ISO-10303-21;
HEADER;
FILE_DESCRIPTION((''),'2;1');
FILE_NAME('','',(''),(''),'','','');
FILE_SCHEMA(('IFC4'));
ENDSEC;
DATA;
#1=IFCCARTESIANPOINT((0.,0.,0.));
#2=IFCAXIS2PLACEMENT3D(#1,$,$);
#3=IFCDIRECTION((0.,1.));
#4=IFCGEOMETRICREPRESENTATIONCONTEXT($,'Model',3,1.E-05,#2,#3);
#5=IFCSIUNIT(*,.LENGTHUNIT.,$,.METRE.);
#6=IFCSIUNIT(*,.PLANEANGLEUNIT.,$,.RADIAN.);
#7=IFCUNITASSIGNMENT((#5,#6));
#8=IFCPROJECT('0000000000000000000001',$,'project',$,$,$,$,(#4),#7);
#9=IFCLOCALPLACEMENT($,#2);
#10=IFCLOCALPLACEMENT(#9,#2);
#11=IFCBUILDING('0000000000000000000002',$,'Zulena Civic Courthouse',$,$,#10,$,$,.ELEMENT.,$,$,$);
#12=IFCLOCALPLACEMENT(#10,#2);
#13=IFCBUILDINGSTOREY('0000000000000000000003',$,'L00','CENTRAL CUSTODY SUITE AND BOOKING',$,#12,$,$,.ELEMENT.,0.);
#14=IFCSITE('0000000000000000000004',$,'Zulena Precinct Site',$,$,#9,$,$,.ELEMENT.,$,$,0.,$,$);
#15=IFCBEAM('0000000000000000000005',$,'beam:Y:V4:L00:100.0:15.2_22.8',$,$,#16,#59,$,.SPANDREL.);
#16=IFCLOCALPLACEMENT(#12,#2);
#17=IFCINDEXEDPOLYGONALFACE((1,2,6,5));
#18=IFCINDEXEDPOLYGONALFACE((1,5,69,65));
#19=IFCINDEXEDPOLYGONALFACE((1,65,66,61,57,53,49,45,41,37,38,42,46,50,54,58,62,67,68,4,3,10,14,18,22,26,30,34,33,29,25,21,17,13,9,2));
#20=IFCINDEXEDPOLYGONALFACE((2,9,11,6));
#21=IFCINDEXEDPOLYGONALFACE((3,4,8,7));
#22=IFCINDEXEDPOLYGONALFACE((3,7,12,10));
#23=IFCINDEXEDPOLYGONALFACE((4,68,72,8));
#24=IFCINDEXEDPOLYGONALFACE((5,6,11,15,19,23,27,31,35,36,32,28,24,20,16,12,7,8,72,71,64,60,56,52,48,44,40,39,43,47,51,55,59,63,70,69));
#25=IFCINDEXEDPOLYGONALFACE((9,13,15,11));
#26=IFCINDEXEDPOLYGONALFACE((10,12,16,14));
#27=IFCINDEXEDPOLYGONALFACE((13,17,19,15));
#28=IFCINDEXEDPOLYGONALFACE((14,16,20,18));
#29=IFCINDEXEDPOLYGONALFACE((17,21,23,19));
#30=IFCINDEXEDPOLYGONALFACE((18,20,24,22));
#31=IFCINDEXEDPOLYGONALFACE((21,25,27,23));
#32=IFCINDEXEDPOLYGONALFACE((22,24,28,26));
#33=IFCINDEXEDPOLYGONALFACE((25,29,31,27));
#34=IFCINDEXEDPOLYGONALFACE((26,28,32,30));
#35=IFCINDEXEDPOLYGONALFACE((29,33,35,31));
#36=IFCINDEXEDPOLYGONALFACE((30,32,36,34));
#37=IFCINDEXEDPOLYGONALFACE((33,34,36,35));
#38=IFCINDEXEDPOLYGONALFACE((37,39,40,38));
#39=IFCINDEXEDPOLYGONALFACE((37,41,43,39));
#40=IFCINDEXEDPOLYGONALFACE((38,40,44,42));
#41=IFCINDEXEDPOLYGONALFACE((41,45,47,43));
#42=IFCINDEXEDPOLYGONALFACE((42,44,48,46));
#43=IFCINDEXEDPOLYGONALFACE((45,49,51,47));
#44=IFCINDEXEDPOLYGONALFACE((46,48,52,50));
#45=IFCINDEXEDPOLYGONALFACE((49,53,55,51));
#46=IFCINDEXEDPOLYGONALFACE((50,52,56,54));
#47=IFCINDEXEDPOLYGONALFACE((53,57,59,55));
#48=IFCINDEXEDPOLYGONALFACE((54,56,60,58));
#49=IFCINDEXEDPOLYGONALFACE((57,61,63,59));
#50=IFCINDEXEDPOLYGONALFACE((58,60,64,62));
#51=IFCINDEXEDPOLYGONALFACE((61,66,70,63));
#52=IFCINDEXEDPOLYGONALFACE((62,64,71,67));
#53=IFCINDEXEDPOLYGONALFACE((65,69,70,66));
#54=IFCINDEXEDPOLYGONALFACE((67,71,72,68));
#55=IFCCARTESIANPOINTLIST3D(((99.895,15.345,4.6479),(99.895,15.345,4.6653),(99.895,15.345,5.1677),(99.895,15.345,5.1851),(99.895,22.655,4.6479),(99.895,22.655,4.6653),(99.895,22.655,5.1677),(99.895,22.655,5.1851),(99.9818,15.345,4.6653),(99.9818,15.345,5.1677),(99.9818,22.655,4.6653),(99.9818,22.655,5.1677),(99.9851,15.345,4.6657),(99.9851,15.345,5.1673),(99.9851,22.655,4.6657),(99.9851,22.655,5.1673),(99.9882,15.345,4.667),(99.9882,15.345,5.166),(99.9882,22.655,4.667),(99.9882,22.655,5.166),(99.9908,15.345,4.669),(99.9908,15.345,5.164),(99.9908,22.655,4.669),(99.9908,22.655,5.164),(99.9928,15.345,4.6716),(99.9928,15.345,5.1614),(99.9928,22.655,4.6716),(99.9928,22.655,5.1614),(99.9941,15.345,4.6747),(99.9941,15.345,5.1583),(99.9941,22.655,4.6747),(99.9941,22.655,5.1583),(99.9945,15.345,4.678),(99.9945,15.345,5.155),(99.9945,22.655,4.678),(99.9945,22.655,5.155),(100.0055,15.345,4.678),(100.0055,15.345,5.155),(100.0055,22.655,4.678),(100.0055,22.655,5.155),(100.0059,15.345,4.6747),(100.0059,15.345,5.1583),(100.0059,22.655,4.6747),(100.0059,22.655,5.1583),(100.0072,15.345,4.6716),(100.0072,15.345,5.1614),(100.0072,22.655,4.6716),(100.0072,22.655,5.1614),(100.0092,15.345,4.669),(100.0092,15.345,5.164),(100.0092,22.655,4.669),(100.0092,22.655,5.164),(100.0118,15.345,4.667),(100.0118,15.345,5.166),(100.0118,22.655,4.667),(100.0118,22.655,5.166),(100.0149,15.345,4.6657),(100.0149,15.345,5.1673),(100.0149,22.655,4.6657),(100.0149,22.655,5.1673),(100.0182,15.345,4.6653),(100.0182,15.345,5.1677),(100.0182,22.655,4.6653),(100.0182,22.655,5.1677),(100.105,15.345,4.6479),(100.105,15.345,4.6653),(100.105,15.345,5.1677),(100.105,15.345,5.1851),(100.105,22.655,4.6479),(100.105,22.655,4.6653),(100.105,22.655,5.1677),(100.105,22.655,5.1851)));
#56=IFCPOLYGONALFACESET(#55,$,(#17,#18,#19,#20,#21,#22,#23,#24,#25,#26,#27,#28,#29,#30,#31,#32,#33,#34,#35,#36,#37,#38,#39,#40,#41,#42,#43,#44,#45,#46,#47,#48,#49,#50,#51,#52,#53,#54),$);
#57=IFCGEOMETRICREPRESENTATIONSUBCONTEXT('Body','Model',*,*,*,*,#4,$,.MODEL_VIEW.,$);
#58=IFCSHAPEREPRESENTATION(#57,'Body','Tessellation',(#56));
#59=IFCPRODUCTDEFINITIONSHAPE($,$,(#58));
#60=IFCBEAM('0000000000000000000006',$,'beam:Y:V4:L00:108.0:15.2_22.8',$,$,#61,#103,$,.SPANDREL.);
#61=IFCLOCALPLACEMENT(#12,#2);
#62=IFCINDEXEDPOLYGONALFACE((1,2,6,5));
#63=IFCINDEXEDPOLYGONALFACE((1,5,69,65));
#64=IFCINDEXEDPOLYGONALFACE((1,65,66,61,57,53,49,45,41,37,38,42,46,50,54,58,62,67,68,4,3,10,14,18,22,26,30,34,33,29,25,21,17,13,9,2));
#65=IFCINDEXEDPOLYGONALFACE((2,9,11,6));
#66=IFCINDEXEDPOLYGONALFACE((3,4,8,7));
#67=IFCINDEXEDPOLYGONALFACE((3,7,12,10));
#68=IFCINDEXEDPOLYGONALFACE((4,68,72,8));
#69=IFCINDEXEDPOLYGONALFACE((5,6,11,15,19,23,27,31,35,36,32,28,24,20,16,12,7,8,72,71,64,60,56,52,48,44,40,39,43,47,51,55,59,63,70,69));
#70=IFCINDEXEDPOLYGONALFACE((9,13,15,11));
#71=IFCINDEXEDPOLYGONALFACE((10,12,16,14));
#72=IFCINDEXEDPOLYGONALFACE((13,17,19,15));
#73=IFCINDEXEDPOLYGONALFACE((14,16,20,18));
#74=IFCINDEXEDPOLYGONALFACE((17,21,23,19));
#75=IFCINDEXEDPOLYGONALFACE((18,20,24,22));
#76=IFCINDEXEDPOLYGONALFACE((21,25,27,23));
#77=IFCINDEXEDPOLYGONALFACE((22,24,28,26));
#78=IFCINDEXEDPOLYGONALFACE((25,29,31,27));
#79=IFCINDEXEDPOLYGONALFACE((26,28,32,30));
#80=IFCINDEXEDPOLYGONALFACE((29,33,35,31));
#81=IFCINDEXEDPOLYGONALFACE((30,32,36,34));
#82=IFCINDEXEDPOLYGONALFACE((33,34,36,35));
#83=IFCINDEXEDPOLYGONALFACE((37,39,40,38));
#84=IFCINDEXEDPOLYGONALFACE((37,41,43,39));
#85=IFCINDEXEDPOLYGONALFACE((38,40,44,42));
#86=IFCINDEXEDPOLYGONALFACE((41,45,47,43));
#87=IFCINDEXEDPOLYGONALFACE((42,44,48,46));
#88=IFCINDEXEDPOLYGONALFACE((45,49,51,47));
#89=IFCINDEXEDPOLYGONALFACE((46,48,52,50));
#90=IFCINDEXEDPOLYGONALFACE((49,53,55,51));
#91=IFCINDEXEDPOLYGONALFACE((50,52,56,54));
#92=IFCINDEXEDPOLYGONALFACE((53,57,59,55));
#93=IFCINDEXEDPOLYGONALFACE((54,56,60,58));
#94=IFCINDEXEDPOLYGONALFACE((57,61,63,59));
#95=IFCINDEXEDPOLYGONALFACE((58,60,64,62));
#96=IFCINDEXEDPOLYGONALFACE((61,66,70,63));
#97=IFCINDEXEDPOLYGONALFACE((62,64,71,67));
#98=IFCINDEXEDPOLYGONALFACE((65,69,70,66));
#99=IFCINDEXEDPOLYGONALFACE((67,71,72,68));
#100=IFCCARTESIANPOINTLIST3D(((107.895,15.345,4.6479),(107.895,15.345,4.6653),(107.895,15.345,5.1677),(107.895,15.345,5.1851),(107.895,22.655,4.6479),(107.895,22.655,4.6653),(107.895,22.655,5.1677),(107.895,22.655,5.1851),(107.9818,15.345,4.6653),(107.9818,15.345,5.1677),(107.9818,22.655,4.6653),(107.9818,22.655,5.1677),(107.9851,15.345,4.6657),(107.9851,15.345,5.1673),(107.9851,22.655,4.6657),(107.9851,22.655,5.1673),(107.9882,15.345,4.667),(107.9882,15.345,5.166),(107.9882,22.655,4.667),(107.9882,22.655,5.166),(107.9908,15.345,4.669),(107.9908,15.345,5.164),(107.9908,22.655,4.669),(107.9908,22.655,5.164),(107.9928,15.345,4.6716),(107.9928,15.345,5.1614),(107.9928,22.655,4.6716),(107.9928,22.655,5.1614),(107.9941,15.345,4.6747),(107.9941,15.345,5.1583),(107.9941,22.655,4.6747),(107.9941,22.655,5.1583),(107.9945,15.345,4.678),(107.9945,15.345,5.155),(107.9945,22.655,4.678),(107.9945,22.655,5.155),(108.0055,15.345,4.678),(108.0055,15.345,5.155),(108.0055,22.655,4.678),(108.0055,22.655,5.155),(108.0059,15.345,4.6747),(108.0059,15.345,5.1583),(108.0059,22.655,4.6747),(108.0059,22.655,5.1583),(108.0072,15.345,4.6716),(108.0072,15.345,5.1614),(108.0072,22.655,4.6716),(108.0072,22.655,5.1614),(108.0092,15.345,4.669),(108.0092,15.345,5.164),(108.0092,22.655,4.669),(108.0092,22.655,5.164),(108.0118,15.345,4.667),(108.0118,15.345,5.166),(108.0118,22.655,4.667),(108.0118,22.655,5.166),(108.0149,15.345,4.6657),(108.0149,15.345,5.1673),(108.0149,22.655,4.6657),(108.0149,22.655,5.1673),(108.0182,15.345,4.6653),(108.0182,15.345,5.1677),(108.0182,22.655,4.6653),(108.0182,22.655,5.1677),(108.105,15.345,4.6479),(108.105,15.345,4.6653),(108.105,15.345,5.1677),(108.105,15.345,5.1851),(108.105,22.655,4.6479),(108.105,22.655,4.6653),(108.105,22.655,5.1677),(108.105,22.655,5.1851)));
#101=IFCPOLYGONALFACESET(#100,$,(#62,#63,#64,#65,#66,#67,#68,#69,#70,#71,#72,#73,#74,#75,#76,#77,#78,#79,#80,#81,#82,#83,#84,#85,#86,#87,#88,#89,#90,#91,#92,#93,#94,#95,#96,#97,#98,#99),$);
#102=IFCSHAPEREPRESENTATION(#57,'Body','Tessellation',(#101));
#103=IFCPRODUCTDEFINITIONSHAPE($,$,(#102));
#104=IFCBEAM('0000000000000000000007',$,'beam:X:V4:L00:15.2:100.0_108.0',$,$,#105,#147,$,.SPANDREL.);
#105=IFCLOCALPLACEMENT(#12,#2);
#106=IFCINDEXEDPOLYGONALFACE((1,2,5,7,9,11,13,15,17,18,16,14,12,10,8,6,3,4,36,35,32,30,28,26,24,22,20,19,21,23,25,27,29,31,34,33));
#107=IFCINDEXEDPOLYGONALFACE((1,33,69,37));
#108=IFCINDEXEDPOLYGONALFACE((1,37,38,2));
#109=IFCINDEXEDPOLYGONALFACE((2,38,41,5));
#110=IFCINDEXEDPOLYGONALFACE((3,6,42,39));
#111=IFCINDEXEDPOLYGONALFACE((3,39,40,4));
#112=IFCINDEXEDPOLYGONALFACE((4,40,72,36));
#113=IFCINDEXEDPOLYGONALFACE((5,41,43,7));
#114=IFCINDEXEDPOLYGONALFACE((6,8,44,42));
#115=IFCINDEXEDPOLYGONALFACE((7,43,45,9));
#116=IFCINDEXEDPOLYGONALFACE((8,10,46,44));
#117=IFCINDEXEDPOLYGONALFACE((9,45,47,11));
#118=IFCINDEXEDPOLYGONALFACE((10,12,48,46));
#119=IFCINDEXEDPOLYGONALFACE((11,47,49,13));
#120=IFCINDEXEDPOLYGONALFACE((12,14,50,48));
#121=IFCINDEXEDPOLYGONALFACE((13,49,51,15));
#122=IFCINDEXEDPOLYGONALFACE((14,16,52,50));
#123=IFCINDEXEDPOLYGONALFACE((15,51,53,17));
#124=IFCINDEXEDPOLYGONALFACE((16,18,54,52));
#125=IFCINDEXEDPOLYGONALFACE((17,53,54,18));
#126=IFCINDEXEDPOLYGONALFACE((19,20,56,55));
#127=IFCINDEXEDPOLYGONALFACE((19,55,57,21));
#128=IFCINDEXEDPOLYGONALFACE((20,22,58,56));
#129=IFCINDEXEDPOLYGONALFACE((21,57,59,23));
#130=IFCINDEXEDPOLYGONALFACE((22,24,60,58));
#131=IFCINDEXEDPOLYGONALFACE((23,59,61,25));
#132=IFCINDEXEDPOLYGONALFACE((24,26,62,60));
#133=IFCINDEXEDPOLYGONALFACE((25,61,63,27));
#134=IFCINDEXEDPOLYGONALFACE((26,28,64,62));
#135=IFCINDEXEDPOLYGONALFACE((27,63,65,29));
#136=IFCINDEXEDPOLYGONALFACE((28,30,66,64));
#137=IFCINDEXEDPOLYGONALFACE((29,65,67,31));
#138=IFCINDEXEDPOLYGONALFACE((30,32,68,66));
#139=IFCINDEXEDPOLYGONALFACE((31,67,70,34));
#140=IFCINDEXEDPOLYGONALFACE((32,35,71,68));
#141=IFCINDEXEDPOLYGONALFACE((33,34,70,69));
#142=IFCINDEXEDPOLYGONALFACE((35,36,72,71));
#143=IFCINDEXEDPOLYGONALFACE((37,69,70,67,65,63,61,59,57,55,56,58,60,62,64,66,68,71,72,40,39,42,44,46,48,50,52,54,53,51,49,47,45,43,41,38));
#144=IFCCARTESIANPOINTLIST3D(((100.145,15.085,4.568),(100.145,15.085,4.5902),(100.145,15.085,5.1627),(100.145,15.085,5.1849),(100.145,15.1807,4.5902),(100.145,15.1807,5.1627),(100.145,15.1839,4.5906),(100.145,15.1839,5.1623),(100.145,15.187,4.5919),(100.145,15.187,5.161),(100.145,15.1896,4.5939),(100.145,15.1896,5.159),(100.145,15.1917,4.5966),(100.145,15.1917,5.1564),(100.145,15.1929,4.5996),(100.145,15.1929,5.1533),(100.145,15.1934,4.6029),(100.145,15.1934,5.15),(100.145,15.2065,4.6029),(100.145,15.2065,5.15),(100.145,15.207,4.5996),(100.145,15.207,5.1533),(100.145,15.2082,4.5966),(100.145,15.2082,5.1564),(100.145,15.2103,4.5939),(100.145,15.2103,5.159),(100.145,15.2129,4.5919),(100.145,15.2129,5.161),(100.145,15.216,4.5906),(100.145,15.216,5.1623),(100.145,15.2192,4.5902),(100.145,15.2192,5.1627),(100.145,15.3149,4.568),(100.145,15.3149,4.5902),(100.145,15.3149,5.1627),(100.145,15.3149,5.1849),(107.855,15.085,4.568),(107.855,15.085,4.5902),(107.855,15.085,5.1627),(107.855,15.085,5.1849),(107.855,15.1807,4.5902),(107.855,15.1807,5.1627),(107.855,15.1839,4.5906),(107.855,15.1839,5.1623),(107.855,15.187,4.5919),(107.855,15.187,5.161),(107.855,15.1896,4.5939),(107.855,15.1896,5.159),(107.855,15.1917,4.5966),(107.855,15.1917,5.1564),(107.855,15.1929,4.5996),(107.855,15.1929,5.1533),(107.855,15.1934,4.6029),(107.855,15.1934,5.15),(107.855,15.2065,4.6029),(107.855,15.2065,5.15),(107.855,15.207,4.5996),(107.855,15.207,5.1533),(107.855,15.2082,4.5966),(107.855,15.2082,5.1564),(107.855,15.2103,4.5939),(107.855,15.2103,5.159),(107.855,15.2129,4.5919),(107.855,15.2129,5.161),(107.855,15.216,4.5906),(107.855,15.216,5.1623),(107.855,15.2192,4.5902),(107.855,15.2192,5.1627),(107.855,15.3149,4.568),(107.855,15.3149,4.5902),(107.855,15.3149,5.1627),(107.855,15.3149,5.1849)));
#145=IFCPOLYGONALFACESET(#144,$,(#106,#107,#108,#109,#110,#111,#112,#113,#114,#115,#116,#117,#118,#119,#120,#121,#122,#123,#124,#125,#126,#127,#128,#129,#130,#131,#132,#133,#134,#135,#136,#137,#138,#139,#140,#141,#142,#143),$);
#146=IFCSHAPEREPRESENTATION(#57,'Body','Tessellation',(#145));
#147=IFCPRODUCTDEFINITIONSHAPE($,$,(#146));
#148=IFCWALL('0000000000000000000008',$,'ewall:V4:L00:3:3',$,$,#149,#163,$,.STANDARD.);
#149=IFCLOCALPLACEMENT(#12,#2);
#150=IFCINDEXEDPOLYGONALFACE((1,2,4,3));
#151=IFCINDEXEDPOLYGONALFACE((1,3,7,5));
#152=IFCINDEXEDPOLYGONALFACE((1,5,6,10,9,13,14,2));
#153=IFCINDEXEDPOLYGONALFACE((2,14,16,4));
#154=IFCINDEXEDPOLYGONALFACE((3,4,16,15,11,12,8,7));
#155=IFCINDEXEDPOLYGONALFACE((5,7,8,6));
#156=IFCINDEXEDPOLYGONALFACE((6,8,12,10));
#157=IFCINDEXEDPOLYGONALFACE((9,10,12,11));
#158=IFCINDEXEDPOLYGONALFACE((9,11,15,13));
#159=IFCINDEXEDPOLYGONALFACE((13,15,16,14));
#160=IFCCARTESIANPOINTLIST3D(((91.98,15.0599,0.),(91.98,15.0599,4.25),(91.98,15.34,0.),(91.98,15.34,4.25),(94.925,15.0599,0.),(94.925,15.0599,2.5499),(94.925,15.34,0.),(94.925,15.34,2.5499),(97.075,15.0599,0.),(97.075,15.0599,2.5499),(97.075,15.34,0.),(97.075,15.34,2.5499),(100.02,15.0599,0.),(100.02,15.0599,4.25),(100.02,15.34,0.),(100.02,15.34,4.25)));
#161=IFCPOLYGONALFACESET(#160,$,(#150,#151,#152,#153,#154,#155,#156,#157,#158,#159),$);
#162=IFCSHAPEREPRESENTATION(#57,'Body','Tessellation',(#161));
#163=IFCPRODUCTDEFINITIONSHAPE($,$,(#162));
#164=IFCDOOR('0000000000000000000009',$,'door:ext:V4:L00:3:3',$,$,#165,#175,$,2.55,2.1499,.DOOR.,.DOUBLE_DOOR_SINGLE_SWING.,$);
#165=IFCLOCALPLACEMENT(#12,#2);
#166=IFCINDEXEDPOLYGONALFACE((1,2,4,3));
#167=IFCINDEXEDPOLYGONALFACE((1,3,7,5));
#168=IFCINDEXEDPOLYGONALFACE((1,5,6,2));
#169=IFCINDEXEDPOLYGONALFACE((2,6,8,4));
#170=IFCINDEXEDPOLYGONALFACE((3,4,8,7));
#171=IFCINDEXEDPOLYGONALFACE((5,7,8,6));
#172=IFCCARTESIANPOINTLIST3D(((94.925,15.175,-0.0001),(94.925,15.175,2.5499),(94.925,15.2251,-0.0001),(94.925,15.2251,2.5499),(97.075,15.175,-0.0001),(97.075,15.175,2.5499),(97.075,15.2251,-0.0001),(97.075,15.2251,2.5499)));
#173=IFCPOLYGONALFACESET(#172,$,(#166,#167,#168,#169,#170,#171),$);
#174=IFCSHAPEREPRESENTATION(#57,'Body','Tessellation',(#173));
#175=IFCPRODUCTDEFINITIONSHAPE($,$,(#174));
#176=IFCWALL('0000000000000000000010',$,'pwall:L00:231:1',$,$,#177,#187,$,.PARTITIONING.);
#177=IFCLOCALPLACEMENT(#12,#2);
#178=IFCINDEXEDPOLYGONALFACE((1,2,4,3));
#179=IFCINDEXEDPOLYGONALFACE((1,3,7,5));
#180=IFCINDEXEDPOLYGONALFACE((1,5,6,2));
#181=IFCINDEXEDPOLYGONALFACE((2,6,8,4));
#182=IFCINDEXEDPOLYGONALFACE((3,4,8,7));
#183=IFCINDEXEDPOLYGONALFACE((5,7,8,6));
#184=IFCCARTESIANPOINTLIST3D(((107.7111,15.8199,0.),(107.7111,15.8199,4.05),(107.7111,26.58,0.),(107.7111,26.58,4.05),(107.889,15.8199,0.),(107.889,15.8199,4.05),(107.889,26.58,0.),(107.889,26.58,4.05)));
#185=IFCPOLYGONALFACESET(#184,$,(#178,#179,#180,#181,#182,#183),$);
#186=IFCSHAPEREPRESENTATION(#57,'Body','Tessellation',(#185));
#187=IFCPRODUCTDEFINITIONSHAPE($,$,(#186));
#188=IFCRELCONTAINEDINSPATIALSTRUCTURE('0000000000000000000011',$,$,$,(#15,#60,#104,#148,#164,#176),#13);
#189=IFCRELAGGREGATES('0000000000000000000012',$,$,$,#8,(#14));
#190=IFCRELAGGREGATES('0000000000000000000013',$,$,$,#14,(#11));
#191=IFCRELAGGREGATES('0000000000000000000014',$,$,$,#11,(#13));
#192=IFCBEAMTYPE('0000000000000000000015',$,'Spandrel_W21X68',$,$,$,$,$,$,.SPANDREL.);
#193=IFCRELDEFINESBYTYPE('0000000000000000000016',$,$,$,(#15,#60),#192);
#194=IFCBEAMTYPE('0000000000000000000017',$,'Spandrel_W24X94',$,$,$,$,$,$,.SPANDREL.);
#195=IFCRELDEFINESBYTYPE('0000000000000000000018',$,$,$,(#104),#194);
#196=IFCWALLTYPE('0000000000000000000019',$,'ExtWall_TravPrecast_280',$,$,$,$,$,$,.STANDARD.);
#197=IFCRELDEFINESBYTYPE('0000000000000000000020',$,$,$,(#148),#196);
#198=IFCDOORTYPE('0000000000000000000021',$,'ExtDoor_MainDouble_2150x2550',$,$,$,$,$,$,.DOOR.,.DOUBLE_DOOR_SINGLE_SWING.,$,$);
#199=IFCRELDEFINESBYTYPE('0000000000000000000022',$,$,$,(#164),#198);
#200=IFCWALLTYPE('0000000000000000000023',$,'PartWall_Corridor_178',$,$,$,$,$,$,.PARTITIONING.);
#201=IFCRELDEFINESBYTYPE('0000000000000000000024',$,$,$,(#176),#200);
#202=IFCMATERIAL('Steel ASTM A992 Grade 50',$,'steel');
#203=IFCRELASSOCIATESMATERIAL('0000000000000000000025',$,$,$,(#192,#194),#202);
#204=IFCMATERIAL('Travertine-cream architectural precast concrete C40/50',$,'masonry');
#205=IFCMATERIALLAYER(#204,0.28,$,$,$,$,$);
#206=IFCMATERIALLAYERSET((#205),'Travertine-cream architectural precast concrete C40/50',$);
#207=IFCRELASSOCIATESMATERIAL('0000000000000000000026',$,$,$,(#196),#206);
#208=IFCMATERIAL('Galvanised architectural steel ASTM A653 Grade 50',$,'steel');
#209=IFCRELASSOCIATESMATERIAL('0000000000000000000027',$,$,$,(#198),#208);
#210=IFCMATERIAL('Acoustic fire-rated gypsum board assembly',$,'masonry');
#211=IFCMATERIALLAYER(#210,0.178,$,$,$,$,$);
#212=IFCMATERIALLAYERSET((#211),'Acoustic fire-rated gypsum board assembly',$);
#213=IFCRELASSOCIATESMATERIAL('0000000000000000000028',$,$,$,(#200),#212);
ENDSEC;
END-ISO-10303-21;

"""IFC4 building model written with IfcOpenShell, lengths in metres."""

from ifc_helpers import new_model, si_unit, direction, frame, frame_2d, origin, origin_2d, place, context, subcontext, project, spatial, rectangle, i_section, extrude, material, layer, layer_set, material_profile, profile_set, type_object, element, fill, save


model = new_model("IFC4")

# Units and contexts
model_context = context("Model", 3, precision=1e-05, world=origin(), true_north=direction((0.0, 1.0)))
body_context = subcontext(model_context, "Body", "Model", "MODEL_VIEW")
ifc_project = project(units=[si_unit("LENGTHUNIT", "METRE"), si_unit("PLANEANGLEUNIT", "RADIAN")], contexts=[model_context])

# Site, building, storey
site_placement = place(None, origin())
site = spatial("IfcSite", under=ifc_project, at=site_placement, Name="Zulena Precinct Site", CompositionType="ELEMENT", RefElevation=0.0)
building_placement = place(site_placement, origin())
building = spatial("IfcBuilding", under=site, at=building_placement, Name="Zulena Civic Courthouse", CompositionType="ELEMENT")
storey_placement = place(building_placement, origin())
storey = spatial("IfcBuildingStorey", under=building, at=storey_placement, Name="L00", Description="CENTRAL CUSTODY SUITE AND BOOKING", CompositionType="ELEMENT", Elevation=0.0)

# Shared definitions
ifc_material_1 = material(Name="Steel ASTM A992 Grade 50", Category="steel")

# Beams
ifc_material_profile_1 = material_profile(ifc_material_1, i_section(OverallWidth=0.21, OverallDepth=0.5371, WebThickness=0.011, FlangeThickness=0.0173, FilletRadius=0.0127, at=origin_2d()), Name="W21X68")
ifc_profile_set_1 = profile_set([ifc_material_profile_1], Name="Steel ASTM A992 Grade 50")
beam_type_1 = type_object("IfcBeamType", Name="Spandrel_W21X68", PredefinedType="SPANDREL", material=ifc_profile_set_1)
for number, where, z_axis, x_axis, name in (
    (1, (100.0, 15.345, 4.9165), (0.0, 1.0, 0.0), (-1.0, 0.0, 0.0), "beam:Y:V4:L00:100.0:15.2_22.8"),
    (2, (108.0, 15.345, 4.9165), (0.0, 1.0, 0.0), (-1.0, 0.0, 0.0), "beam:Y:V4:L00:108.0:15.2_22.8"),
):
    element("IfcBeam", number, at=place(storey_placement, frame(where, z_axis=z_axis, x_axis=x_axis)), inside=storey, type_object=beam_type_1, Name=name, PredefinedType="SPANDREL", context=body_context, shape_type="SweptSolid", body=[
        extrude(i_section(OverallWidth=0.21, OverallDepth=0.5371, WebThickness=0.011, FlangeThickness=0.0173, FilletRadius=0.0127, at=origin_2d()), origin(), (0.0, 0.0, 1.0), 7.3101),
    ])
ifc_material_profile_2 = material_profile(ifc_material_1, i_section(OverallWidth=0.23, OverallDepth=0.6169, WebThickness=0.0132, FlangeThickness=0.0222, FilletRadius=0.0127, at=origin_2d()), Name="W24X94")
ifc_profile_set_2 = profile_set([ifc_material_profile_2], Name="Steel ASTM A992 Grade 50")
beam_type_2 = type_object("IfcBeamType", Name="Spandrel_W24X94", PredefinedType="SPANDREL", material=ifc_profile_set_2)
beam_1_placement = place(storey_placement, frame((100.145, 15.2, 4.8765), z_axis=(1.0, 0.0, 0.0), x_axis=(0.0, 1.0, 0.0)))
element("IfcBeam", 3, at=beam_1_placement, inside=storey, type_object=beam_type_2, Name="beam:X:V4:L00:15.2:100.0_108.0", PredefinedType="SPANDREL", context=body_context, shape_type="SweptSolid", body=[
    extrude(i_section(OverallWidth=0.23, OverallDepth=0.6169, WebThickness=0.0132, FlangeThickness=0.0222, FilletRadius=0.0127, at=origin_2d()), origin(), (0.0, 0.0, 1.0), 7.71),
])

# Wall, opening, door
ifc_material_2 = material(Name="Travertine-cream architectural precast concrete C40/50", Category="masonry")
ifc_layer_1 = layer(ifc_material_2, 0.28)
ifc_layer_set_1 = layer_set([ifc_layer_1], Name="Travertine-cream architectural precast concrete C40/50")
wall_type_1 = type_object("IfcWallType", Name="ExtWall_TravPrecast_280", PredefinedType="STANDARD", material=ifc_layer_set_1)
wall_1_placement = place(storey_placement, frame((100.02, 15.2, 0.0), z_axis=(0.0, 0.0, 1.0), x_axis=(-1.0, 0.0, 0.0)))
wall_1 = element("IfcWall", 4, at=wall_1_placement, inside=storey, type_object=wall_type_1, Name="ewall:V4:L00:3:3", PredefinedType="STANDARD", context=body_context, shape_type="SweptSolid", body=[
    extrude(rectangle(XDim=8.04, YDim=0.28, at=frame_2d((4.02, 0.0))), origin(), (0.0, 0.0, 1.0), 4.25),
])
opening_placement = place(wall_1_placement, frame((2.9451, 0.0, 0.0)))
opening = element("IfcOpeningElement", 5, at=opening_placement, cuts=wall_1, PredefinedType="OPENING", context=body_context, shape_type="SweptSolid", body=[
    extrude(rectangle(XDim=2.1499, YDim=2.55, at=frame_2d((1.075, 1.2749))), frame((0.0, 0.1499, 0.0), z_axis=(0.0, -1.0, 0.0), x_axis=(1.0, 0.0, 0.0)), (0.0, 0.0, 1.0), 0.3),
])
ifc_material_3 = material(Name="Galvanised architectural steel ASTM A653 Grade 50", Category="steel")
door_type = type_object("IfcDoorType", Name="ExtDoor_MainDouble_2150x2550", OperationType="DOUBLE_DOOR_SINGLE_SWING", PredefinedType="DOOR", material=ifc_material_3)
door_placement = place(opening_placement, origin())
door = element("IfcDoor", 6, at=door_placement, inside=storey, type_object=door_type, Name="door:ext:V4:L00:3:3", OperationType="DOUBLE_DOOR_SINGLE_SWING", OverallHeight=2.55, OverallWidth=2.1499, PredefinedType="DOOR", context=body_context, shape_type="SweptSolid", body=[
    extrude(rectangle(XDim=2.1499, YDim=2.55, at=frame_2d((1.075, 1.2749))), frame((0.0, 0.0249, 0.0), z_axis=(0.0, -1.0, 0.0), x_axis=(1.0, 0.0, 0.0)), (0.0, 0.0, 1.0), 0.05),
])
fill(opening, door)

# Wall
ifc_material_4 = material(Name="Acoustic fire-rated gypsum board assembly", Category="masonry")
ifc_layer_2 = layer(ifc_material_4, 0.178)
ifc_layer_set_2 = layer_set([ifc_layer_2], Name="Acoustic fire-rated gypsum board assembly")
wall_type_2 = type_object("IfcWallType", Name="PartWall_Corridor_178", PredefinedType="PARTITIONING", material=ifc_layer_set_2)
wall_2_placement = place(storey_placement, frame((107.8, 15.8201, 0.0), z_axis=(0.0, 0.0, 1.0), x_axis=(0.0, 1.0, 0.0)))
element("IfcWall", 7, at=wall_2_placement, inside=storey, type_object=wall_type_2, Name="pwall:L00:231:1", PredefinedType="PARTITIONING", context=body_context, shape_type="SweptSolid", body=[
    extrude(rectangle(XDim=10.76, YDim=0.178, at=frame_2d((5.3799, 0.0))), origin(), (0.0, 0.0, 1.0), 4.05),
])

save(model, "model.ifc")
